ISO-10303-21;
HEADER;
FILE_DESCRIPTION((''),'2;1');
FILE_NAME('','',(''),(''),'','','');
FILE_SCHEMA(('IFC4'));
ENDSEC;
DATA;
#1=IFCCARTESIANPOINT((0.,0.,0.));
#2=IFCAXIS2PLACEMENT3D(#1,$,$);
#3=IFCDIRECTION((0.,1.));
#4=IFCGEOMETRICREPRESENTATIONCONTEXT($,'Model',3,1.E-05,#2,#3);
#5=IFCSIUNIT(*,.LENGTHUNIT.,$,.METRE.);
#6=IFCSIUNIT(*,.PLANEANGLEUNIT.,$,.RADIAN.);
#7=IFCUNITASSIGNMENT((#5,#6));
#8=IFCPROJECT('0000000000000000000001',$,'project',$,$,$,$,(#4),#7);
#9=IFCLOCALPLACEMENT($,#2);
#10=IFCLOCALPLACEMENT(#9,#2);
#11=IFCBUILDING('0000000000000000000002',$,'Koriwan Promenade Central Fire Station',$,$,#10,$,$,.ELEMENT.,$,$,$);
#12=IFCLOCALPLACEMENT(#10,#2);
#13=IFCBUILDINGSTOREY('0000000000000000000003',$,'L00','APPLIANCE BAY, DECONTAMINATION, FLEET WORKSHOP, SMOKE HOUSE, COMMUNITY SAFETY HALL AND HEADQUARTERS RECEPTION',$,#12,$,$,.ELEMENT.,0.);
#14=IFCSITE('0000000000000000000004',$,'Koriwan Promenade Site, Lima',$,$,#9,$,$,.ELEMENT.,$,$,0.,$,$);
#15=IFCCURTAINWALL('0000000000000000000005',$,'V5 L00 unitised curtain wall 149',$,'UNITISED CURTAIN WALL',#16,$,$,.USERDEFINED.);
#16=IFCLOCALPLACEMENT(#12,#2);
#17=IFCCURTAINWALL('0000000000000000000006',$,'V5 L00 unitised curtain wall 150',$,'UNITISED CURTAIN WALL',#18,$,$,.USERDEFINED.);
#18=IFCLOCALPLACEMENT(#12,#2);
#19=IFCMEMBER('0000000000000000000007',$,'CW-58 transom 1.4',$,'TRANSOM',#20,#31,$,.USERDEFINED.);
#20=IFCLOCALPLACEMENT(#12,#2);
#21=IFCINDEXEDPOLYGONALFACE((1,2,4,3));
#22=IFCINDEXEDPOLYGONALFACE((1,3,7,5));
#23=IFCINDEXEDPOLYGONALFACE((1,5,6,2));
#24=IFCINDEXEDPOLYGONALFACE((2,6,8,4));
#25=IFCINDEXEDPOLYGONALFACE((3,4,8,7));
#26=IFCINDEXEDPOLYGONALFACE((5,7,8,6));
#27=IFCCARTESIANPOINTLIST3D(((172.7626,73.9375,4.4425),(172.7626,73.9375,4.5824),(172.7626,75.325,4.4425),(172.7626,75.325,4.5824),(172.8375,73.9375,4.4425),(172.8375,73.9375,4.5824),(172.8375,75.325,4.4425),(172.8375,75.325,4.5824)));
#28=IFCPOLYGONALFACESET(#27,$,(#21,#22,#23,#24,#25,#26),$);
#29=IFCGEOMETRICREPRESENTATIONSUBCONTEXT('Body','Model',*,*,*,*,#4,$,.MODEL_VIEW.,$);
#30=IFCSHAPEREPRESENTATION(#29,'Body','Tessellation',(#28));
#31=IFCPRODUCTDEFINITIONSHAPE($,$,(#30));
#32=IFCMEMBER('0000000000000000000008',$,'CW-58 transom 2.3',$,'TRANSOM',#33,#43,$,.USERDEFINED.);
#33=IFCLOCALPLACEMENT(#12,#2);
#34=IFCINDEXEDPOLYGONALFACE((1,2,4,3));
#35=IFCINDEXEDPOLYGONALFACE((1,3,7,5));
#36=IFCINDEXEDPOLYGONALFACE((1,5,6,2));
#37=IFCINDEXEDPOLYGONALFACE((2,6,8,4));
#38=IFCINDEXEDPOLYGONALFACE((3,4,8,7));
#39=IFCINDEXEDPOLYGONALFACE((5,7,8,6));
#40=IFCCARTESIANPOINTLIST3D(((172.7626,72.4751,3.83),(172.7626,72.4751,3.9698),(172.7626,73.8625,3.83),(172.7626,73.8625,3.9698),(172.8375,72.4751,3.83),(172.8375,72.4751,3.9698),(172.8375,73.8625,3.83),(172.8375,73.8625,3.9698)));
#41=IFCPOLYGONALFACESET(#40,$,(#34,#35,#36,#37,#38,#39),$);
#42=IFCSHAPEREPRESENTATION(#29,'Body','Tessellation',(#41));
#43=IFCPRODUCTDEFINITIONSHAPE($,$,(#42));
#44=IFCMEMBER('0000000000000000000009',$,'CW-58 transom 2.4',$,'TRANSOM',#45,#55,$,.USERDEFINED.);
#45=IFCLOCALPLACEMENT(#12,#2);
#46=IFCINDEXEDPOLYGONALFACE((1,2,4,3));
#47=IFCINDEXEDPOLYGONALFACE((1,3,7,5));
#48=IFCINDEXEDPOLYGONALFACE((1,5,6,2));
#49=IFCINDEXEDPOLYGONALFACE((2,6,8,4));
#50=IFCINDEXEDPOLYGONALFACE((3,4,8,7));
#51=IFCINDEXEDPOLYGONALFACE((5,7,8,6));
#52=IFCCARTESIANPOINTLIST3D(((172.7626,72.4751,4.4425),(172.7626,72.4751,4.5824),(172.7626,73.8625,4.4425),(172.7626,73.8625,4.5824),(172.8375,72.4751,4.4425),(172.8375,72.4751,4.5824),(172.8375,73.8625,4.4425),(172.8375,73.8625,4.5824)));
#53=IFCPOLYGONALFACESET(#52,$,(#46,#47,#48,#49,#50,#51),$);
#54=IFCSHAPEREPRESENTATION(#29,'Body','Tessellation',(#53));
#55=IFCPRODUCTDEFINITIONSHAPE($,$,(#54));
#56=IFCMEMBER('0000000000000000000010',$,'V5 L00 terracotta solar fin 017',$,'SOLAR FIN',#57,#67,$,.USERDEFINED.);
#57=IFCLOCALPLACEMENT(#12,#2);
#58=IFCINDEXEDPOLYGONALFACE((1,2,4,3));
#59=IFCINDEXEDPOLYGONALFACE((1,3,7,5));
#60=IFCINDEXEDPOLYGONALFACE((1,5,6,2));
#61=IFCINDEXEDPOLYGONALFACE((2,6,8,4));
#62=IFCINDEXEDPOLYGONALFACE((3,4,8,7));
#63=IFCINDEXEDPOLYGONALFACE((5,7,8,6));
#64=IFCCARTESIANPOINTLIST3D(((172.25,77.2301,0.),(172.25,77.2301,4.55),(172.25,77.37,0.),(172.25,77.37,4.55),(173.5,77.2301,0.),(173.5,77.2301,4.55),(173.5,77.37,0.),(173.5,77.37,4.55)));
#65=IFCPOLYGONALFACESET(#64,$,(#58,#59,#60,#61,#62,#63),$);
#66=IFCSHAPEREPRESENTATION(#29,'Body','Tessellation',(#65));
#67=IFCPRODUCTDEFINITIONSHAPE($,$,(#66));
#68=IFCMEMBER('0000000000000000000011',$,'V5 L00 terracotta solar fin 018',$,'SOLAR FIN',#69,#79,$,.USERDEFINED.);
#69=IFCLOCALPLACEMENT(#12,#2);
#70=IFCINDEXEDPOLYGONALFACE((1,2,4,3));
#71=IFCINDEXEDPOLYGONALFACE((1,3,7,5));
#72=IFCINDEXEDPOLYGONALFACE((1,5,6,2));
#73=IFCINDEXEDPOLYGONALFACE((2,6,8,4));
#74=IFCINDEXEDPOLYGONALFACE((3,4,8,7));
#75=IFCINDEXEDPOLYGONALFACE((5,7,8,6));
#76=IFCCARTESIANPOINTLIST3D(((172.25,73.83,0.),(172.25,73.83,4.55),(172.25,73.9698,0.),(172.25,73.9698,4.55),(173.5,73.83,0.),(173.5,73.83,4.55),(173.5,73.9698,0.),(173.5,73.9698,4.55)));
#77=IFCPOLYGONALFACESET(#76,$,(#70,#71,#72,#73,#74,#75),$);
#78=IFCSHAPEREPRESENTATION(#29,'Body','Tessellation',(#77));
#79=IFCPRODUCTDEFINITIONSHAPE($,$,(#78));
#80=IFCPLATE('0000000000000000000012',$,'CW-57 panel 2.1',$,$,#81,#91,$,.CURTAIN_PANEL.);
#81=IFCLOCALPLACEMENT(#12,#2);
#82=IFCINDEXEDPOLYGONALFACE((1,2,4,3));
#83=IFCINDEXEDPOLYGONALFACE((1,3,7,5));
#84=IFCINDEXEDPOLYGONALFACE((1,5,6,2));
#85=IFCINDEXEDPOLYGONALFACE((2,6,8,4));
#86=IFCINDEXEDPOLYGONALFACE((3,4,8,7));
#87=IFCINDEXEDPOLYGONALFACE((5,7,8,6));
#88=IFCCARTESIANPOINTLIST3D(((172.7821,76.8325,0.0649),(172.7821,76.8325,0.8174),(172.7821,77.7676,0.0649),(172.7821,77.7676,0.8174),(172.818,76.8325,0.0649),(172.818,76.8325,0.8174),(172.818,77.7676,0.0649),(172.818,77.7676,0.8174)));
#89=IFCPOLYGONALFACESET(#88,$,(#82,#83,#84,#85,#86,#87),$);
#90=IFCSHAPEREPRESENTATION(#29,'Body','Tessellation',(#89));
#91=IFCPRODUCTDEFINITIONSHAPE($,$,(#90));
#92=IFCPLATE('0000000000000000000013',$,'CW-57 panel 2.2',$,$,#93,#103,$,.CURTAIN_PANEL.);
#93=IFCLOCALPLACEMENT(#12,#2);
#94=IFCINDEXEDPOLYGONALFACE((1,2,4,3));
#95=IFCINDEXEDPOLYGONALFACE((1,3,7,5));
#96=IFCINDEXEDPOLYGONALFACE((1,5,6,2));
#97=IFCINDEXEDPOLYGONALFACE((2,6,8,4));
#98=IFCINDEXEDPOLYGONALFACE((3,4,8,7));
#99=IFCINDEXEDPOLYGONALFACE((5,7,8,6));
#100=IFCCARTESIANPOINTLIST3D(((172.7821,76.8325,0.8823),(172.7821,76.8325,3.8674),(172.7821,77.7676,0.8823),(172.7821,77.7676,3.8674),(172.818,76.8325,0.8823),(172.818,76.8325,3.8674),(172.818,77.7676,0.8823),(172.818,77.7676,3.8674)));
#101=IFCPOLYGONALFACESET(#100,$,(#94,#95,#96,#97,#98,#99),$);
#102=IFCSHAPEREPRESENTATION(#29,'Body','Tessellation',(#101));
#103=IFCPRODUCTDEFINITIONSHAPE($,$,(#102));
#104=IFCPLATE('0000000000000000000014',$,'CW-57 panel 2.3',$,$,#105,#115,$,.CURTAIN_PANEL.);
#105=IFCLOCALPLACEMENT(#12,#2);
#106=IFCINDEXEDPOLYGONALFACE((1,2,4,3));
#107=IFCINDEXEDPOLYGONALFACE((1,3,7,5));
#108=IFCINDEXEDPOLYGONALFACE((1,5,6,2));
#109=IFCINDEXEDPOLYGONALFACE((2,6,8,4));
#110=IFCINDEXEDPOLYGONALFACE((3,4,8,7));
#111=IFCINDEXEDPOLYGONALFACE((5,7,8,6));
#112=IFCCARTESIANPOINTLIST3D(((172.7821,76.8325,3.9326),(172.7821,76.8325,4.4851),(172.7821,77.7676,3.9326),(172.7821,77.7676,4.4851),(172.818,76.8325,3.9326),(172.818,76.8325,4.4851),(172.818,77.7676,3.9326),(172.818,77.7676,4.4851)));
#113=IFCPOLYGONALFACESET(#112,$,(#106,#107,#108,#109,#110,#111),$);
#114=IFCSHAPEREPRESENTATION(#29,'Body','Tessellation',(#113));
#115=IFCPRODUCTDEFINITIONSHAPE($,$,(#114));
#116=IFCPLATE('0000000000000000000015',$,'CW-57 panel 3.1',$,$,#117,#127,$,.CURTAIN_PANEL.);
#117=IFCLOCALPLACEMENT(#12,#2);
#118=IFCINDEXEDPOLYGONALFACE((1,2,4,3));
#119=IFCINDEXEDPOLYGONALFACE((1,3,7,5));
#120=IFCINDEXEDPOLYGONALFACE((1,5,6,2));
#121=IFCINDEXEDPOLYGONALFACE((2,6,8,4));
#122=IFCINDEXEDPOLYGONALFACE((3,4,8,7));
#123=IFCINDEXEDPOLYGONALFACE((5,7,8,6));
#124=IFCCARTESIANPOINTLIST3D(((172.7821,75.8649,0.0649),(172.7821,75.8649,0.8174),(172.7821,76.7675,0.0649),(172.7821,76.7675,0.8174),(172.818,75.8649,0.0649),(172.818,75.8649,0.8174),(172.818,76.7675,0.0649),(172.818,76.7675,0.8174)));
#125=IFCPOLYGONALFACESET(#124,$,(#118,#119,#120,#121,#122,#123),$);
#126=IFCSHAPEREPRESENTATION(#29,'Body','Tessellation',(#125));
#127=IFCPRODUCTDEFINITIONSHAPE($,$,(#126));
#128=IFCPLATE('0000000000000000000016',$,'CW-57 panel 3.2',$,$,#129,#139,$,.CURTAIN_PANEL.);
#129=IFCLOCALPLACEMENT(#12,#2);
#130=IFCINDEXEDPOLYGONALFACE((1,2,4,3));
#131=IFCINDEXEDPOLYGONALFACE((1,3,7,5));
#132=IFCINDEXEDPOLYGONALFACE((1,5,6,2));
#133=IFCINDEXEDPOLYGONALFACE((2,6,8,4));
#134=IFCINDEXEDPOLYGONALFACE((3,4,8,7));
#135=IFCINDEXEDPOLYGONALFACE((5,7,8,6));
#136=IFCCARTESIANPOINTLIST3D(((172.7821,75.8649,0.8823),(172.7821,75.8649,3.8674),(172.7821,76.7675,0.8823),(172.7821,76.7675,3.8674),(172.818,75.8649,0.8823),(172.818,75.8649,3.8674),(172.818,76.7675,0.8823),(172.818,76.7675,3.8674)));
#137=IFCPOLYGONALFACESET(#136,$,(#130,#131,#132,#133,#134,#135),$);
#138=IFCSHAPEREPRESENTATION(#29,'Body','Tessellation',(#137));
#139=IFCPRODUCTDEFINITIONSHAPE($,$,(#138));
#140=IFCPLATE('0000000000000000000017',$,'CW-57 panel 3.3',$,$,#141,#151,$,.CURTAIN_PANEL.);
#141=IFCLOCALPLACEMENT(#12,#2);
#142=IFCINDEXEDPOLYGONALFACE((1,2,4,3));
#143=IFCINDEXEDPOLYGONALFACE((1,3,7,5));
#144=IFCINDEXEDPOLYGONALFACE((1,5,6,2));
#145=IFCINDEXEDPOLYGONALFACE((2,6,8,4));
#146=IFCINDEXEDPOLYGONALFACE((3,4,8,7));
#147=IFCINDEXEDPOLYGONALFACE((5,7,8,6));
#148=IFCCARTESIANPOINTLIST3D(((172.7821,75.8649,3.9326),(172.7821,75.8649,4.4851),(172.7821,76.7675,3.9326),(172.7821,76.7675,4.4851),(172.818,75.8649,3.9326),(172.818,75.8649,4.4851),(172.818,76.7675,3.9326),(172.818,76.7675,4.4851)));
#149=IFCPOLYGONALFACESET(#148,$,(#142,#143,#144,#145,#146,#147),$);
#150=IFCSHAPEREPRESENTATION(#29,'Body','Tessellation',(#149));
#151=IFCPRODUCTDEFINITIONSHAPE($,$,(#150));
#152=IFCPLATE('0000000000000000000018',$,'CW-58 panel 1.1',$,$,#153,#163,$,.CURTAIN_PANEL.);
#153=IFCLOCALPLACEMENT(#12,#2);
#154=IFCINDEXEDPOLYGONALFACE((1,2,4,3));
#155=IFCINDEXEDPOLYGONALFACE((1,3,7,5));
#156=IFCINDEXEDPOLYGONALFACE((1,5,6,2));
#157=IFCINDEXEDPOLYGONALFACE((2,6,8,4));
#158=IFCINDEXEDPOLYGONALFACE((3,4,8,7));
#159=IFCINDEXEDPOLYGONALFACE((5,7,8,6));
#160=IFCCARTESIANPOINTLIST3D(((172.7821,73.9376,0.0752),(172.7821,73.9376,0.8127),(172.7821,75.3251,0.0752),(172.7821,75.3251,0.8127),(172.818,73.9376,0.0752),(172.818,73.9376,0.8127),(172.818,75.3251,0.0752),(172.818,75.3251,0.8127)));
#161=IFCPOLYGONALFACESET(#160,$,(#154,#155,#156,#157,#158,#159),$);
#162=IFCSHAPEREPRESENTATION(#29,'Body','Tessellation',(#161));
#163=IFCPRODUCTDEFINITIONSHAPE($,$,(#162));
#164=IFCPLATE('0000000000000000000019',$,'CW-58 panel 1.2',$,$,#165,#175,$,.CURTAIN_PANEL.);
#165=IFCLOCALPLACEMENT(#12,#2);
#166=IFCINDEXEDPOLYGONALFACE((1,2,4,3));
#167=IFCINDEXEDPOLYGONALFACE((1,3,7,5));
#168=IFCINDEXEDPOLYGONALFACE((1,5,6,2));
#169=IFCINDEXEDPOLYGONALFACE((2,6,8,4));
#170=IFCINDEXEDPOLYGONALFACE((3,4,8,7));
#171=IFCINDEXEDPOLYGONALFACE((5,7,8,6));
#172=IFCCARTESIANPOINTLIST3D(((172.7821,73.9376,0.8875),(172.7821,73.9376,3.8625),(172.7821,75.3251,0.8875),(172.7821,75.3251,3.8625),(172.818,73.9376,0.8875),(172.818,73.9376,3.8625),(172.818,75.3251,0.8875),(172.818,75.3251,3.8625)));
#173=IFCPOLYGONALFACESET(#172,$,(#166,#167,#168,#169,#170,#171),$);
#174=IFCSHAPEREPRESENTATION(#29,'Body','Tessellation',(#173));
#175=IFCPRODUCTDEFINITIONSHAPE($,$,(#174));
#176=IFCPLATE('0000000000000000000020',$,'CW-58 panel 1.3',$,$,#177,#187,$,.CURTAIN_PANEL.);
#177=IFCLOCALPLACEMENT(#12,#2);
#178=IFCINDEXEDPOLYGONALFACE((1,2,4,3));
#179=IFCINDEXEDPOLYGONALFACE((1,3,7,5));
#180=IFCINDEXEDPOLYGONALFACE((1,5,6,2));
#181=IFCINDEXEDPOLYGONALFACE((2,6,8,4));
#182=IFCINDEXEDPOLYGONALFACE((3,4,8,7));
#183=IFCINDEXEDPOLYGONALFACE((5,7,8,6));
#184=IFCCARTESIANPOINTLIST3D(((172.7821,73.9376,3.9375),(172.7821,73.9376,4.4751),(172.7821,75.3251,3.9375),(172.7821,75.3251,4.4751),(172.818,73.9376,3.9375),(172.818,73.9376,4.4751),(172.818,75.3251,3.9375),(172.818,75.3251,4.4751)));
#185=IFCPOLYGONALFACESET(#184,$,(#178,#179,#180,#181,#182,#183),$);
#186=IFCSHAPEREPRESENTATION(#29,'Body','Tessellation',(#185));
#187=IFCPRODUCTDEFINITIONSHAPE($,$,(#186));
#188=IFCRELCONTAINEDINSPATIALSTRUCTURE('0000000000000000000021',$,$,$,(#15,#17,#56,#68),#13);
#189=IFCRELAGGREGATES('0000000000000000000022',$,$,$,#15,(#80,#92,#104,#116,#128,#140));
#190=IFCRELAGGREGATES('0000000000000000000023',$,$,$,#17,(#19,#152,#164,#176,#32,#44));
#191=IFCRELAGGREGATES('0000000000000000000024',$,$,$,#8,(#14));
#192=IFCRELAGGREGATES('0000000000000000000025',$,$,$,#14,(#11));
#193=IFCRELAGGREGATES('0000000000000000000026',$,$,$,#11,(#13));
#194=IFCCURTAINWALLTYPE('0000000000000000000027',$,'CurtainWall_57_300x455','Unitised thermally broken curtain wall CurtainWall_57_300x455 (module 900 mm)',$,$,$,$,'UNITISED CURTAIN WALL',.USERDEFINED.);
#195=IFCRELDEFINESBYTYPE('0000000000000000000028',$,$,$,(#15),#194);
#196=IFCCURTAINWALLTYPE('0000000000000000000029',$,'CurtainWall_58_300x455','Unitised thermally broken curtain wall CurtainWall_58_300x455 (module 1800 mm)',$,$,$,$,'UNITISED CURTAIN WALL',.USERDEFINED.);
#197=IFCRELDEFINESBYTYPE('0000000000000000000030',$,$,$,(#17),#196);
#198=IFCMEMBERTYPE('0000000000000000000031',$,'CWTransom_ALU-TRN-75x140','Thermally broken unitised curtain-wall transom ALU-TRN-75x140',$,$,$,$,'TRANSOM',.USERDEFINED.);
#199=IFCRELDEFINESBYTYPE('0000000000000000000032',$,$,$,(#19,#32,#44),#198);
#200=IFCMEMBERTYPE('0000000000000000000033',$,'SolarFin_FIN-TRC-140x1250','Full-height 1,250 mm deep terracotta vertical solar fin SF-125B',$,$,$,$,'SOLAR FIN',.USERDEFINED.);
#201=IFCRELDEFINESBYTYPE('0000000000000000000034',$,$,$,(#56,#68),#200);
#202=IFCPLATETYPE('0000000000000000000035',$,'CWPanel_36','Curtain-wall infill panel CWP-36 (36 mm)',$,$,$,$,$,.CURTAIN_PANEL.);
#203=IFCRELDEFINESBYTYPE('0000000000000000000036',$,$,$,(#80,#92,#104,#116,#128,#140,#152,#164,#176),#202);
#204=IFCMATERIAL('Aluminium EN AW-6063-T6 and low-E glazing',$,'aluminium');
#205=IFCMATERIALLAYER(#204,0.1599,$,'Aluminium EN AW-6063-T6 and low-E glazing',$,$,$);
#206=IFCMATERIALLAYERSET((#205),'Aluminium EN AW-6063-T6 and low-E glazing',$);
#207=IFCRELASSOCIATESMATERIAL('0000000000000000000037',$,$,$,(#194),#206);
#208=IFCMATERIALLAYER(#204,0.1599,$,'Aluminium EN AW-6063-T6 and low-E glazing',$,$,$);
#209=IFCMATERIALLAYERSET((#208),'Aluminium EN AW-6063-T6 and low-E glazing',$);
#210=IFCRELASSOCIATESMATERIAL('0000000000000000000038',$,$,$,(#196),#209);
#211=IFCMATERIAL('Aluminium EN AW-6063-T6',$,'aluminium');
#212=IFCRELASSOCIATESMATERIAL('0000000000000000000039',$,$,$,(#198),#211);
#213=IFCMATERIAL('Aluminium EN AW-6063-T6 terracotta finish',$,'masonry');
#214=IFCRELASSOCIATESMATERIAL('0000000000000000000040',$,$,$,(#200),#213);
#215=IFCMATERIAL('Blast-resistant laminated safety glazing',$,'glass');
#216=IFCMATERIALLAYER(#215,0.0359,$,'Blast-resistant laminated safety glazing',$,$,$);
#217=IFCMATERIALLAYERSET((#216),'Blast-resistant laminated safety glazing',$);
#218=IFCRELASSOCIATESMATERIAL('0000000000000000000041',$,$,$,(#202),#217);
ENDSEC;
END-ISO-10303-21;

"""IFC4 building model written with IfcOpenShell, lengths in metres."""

from ifc_helpers import new_model, si_unit, direction, frame, origin, origin_2d, place, context, subcontext, project, spatial, rectangle, extrude, material, layer, layer_set, material_profile, profile_set, type_object, element, aggregate, save


model = new_model("IFC4")

# Units and contexts
model_context = context("Model", 3, precision=1e-05, world=origin(), true_north=direction((0.0, 1.0)))
body_context = subcontext(model_context, "Body", "Model", "MODEL_VIEW")
ifc_project = project(units=[si_unit("LENGTHUNIT", "METRE"), si_unit("PLANEANGLEUNIT", "RADIAN")], contexts=[model_context])

# Site, building, storey
site_placement = place(None, origin())
site = spatial("IfcSite", under=ifc_project, at=site_placement, Name="Koriwan Promenade Site, Lima", CompositionType="ELEMENT", RefElevation=0.0)
building_placement = place(site_placement, origin())
building = spatial("IfcBuilding", under=site, at=building_placement, Name="Koriwan Promenade Central Fire Station", CompositionType="ELEMENT")
storey_placement = place(building_placement, origin())
storey = spatial("IfcBuildingStorey", under=building, at=storey_placement, Name="L00", Description="APPLIANCE BAY, DECONTAMINATION, FLEET WORKSHOP, SMOKE HOUSE, COMMUNITY SAFETY HALL AND HEADQUARTERS RECEPTION", CompositionType="ELEMENT", Elevation=0.0)

# Curtain walls
ifc_material_1 = material(Name="Aluminium EN AW-6063-T6 and low-E glazing", Category="aluminium")
ifc_layer_1 = layer(ifc_material_1, 0.1599, Name="Aluminium EN AW-6063-T6 and low-E glazing")
ifc_layer_set_1 = layer_set([ifc_layer_1], Name="Aluminium EN AW-6063-T6 and low-E glazing")
curtain_wall_type_1 = type_object("IfcCurtainWallType", Name="CurtainWall_57_300x455", Description="Unitised thermally broken curtain wall CurtainWall_57_300x455 (module 900 mm)", ElementType="UNITISED CURTAIN WALL", PredefinedType="USERDEFINED", material=ifc_layer_set_1)
curtain_wall_1_placement = place(storey_placement, origin())
curtain_wall_1 = element("IfcCurtainWall", 1, at=curtain_wall_1_placement, inside=storey, type_object=curtain_wall_type_1, Name="V5 L00 unitised curtain wall 149", ObjectType="UNITISED CURTAIN WALL", PredefinedType="USERDEFINED")
ifc_material_2 = material(Name="Aluminium EN AW-6063-T6", Category="aluminium")
ifc_layer_2 = layer(ifc_material_1, 0.1599, Name="Aluminium EN AW-6063-T6 and low-E glazing")
ifc_layer_set_2 = layer_set([ifc_layer_2], Name="Aluminium EN AW-6063-T6 and low-E glazing")
curtain_wall_type_2 = type_object("IfcCurtainWallType", Name="CurtainWall_58_300x455", Description="Unitised thermally broken curtain wall CurtainWall_58_300x455 (module 1800 mm)", ElementType="UNITISED CURTAIN WALL", PredefinedType="USERDEFINED", material=ifc_layer_set_2)
curtain_wall_2_placement = place(storey_placement, origin())
curtain_wall_2 = element("IfcCurtainWall", 2, at=curtain_wall_2_placement, inside=storey, type_object=curtain_wall_type_2, Name="V5 L00 unitised curtain wall 150", ObjectType="UNITISED CURTAIN WALL", PredefinedType="USERDEFINED")

# Members
ifc_material_profile_1 = material_profile(ifc_material_2, rectangle(XDim=0.075, YDim=0.1399, at=origin_2d()), Name="ALU-TRN-75x140")
ifc_profile_set_1 = profile_set([ifc_material_profile_1], Name="Aluminium EN AW-6063-T6")
member_type_1 = type_object("IfcMemberType", Name="CWTransom_ALU-TRN-75x140", Description="Thermally broken unitised curtain-wall transom ALU-TRN-75x140", ElementType="TRANSOM", PredefinedType="USERDEFINED", material=ifc_profile_set_1)
member_1_placement = place(storey_placement, frame((172.8, 75.325, 4.5125), z_axis=(0.0, -1.0, 0.0), x_axis=(1.0, 0.0, 0.0)))
member_1 = element("IfcMember", 3, at=member_1_placement, type_object=member_type_1, Name="CW-58 transom 1.4", ObjectType="TRANSOM", PredefinedType="USERDEFINED", context=body_context, shape_type="SweptSolid", body=[
    extrude(rectangle(XDim=0.075, YDim=0.1399, at=origin_2d()), origin(), (0.0, 0.0, 1.0), 1.3875),
])
member_2_placement = place(storey_placement, frame((172.8, 73.8625, 3.8999), z_axis=(0.0, -1.0, 0.0), x_axis=(1.0, 0.0, 0.0)))
member_2 = element("IfcMember", 4, at=member_2_placement, type_object=member_type_1, Name="CW-58 transom 2.3", ObjectType="TRANSOM", PredefinedType="USERDEFINED", context=body_context, shape_type="SweptSolid", body=[
    extrude(rectangle(XDim=0.075, YDim=0.1399, at=origin_2d()), origin(), (0.0, 0.0, 1.0), 1.3875),
])
member_3_placement = place(storey_placement, frame((172.8, 73.8625, 4.5125), z_axis=(0.0, -1.0, 0.0), x_axis=(1.0, 0.0, 0.0)))
member_3 = element("IfcMember", 5, at=member_3_placement, type_object=member_type_1, Name="CW-58 transom 2.4", ObjectType="TRANSOM", PredefinedType="USERDEFINED", context=body_context, shape_type="SweptSolid", body=[
    extrude(rectangle(XDim=0.075, YDim=0.1399, at=origin_2d()), origin(), (0.0, 0.0, 1.0), 1.3875),
])

# Members
ifc_material_3 = material(Name="Aluminium EN AW-6063-T6 terracotta finish", Category="masonry")
ifc_material_profile_2 = material_profile(ifc_material_3, rectangle(XDim=0.1399, YDim=1.25, at=origin_2d()), Name="FIN-TRC-140x1250")
ifc_profile_set_2 = profile_set([ifc_material_profile_2], Name="Aluminium EN AW-6063-T6 terracotta finish")
member_type_2 = type_object("IfcMemberType", Name="SolarFin_FIN-TRC-140x1250", Description="Full-height 1,250 mm deep terracotta vertical solar fin SF-125B", ElementType="SOLAR FIN", PredefinedType="USERDEFINED", material=ifc_profile_set_2)
for number, where, z_axis, x_axis, name in (
    (6, (172.875, 77.3, 0.0), (0.0, 0.0, 1.0), (0.0, -1.0, 0.0), "V5 L00 terracotta solar fin 017"),
    (7, (172.875, 73.8999, 0.0), (0.0, 0.0, 1.0), (0.0, -1.0, 0.0), "V5 L00 terracotta solar fin 018"),
):
    element("IfcMember", number, at=place(storey_placement, frame(where, z_axis=z_axis, x_axis=x_axis)), inside=storey, type_object=member_type_2, Name=name, ObjectType="SOLAR FIN", PredefinedType="USERDEFINED", context=body_context, shape_type="SweptSolid", body=[
        extrude(rectangle(XDim=0.1399, YDim=1.25, at=origin_2d()), origin(), (0.0, 0.0, 1.0), 4.55),
    ])

# Plates
ifc_material_4 = material(Name="Blast-resistant laminated safety glazing", Category="glass")
ifc_layer_3 = layer(ifc_material_4, 0.0359, Name="Blast-resistant laminated safety glazing")
ifc_layer_set_3 = layer_set([ifc_layer_3], Name="Blast-resistant laminated safety glazing")
plate_type = type_object("IfcPlateType", Name="CWPanel_36", Description="Curtain-wall infill panel CWP-36 (36 mm)", PredefinedType="CURTAIN_PANEL", material=ifc_layer_set_3)
plate_1_placement = place(storey_placement, frame((172.8, 77.3, 0.0649), z_axis=(0.0, 0.0, 1.0), x_axis=(0.0, -1.0, 0.0)))
plate_1 = element("IfcPlate", 8, at=plate_1_placement, type_object=plate_type, Name="CW-57 panel 2.1", PredefinedType="CURTAIN_PANEL", context=body_context, shape_type="SweptSolid", body=[
    extrude(rectangle(XDim=0.9351, YDim=0.0359, at=origin_2d()), origin(), (0.0, 0.0, 1.0), 0.7524),
])
plate_2_placement = place(storey_placement, frame((172.8, 77.3, 0.8823), z_axis=(0.0, 0.0, 1.0), x_axis=(0.0, -1.0, 0.0)))
plate_2 = element("IfcPlate", 9, at=plate_2_placement, type_object=plate_type, Name="CW-57 panel 2.2", PredefinedType="CURTAIN_PANEL", context=body_context, shape_type="SweptSolid", body=[
    extrude(rectangle(XDim=0.9351, YDim=0.0359, at=origin_2d()), origin(), (0.0, 0.0, 1.0), 2.9851),
])
plate_3_placement = place(storey_placement, frame((172.8, 77.3, 3.9326), z_axis=(0.0, 0.0, 1.0), x_axis=(0.0, -1.0, 0.0)))
plate_3 = element("IfcPlate", 10, at=plate_3_placement, type_object=plate_type, Name="CW-57 panel 2.3", PredefinedType="CURTAIN_PANEL", context=body_context, shape_type="SweptSolid", body=[
    extrude(rectangle(XDim=0.9351, YDim=0.0359, at=origin_2d()), origin(), (0.0, 0.0, 1.0), 0.5525),
])
plate_4_placement = place(storey_placement, frame((172.8, 76.3162, 0.0649), z_axis=(0.0, 0.0, 1.0), x_axis=(0.0, -1.0, 0.0)))
plate_4 = element("IfcPlate", 11, at=plate_4_placement, type_object=plate_type, Name="CW-57 panel 3.1", PredefinedType="CURTAIN_PANEL", context=body_context, shape_type="SweptSolid", body=[
    extrude(rectangle(XDim=0.9026, YDim=0.0359, at=origin_2d()), origin(), (0.0, 0.0, 1.0), 0.7524),
])
plate_5_placement = place(storey_placement, frame((172.8, 76.3162, 0.8823), z_axis=(0.0, 0.0, 1.0), x_axis=(0.0, -1.0, 0.0)))
plate_5 = element("IfcPlate", 12, at=plate_5_placement, type_object=plate_type, Name="CW-57 panel 3.2", PredefinedType="CURTAIN_PANEL", context=body_context, shape_type="SweptSolid", body=[
    extrude(rectangle(XDim=0.9026, YDim=0.0359, at=origin_2d()), origin(), (0.0, 0.0, 1.0), 2.9851),
])
plate_6_placement = place(storey_placement, frame((172.8, 76.3162, 3.9326), z_axis=(0.0, 0.0, 1.0), x_axis=(0.0, -1.0, 0.0)))
plate_6 = element("IfcPlate", 13, at=plate_6_placement, type_object=plate_type, Name="CW-57 panel 3.3", PredefinedType="CURTAIN_PANEL", context=body_context, shape_type="SweptSolid", body=[
    extrude(rectangle(XDim=0.9026, YDim=0.0359, at=origin_2d()), origin(), (0.0, 0.0, 1.0), 0.5525),
])
aggregate(curtain_wall_1, [plate_1, plate_2, plate_3, plate_4, plate_5, plate_6])
plate_7_placement = place(storey_placement, frame((172.8, 74.6313, 0.0752), z_axis=(0.0, 0.0, 1.0), x_axis=(0.0, -1.0, 0.0)))
plate_7 = element("IfcPlate", 14, at=plate_7_placement, type_object=plate_type, Name="CW-58 panel 1.1", PredefinedType="CURTAIN_PANEL", context=body_context, shape_type="SweptSolid", body=[
    extrude(rectangle(XDim=1.3875, YDim=0.0359, at=origin_2d()), origin(), (0.0, 0.0, 1.0), 0.7375),
])
plate_8_placement = place(storey_placement, frame((172.8, 74.6313, 0.8875), z_axis=(0.0, 0.0, 1.0), x_axis=(0.0, -1.0, 0.0)))
plate_8 = element("IfcPlate", 15, at=plate_8_placement, type_object=plate_type, Name="CW-58 panel 1.2", PredefinedType="CURTAIN_PANEL", context=body_context, shape_type="SweptSolid", body=[
    extrude(rectangle(XDim=1.3875, YDim=0.0359, at=origin_2d()), origin(), (0.0, 0.0, 1.0), 2.9751),
])
plate_9_placement = place(storey_placement, frame((172.8, 74.6313, 3.9375), z_axis=(0.0, 0.0, 1.0), x_axis=(0.0, -1.0, 0.0)))
plate_9 = element("IfcPlate", 16, at=plate_9_placement, type_object=plate_type, Name="CW-58 panel 1.3", PredefinedType="CURTAIN_PANEL", context=body_context, shape_type="SweptSolid", body=[
    extrude(rectangle(XDim=1.3875, YDim=0.0359, at=origin_2d()), origin(), (0.0, 0.0, 1.0), 0.5376),
])
aggregate(curtain_wall_2, [member_1, plate_7, plate_8, plate_9, member_2, member_3])

save(model, "model.ifc")
